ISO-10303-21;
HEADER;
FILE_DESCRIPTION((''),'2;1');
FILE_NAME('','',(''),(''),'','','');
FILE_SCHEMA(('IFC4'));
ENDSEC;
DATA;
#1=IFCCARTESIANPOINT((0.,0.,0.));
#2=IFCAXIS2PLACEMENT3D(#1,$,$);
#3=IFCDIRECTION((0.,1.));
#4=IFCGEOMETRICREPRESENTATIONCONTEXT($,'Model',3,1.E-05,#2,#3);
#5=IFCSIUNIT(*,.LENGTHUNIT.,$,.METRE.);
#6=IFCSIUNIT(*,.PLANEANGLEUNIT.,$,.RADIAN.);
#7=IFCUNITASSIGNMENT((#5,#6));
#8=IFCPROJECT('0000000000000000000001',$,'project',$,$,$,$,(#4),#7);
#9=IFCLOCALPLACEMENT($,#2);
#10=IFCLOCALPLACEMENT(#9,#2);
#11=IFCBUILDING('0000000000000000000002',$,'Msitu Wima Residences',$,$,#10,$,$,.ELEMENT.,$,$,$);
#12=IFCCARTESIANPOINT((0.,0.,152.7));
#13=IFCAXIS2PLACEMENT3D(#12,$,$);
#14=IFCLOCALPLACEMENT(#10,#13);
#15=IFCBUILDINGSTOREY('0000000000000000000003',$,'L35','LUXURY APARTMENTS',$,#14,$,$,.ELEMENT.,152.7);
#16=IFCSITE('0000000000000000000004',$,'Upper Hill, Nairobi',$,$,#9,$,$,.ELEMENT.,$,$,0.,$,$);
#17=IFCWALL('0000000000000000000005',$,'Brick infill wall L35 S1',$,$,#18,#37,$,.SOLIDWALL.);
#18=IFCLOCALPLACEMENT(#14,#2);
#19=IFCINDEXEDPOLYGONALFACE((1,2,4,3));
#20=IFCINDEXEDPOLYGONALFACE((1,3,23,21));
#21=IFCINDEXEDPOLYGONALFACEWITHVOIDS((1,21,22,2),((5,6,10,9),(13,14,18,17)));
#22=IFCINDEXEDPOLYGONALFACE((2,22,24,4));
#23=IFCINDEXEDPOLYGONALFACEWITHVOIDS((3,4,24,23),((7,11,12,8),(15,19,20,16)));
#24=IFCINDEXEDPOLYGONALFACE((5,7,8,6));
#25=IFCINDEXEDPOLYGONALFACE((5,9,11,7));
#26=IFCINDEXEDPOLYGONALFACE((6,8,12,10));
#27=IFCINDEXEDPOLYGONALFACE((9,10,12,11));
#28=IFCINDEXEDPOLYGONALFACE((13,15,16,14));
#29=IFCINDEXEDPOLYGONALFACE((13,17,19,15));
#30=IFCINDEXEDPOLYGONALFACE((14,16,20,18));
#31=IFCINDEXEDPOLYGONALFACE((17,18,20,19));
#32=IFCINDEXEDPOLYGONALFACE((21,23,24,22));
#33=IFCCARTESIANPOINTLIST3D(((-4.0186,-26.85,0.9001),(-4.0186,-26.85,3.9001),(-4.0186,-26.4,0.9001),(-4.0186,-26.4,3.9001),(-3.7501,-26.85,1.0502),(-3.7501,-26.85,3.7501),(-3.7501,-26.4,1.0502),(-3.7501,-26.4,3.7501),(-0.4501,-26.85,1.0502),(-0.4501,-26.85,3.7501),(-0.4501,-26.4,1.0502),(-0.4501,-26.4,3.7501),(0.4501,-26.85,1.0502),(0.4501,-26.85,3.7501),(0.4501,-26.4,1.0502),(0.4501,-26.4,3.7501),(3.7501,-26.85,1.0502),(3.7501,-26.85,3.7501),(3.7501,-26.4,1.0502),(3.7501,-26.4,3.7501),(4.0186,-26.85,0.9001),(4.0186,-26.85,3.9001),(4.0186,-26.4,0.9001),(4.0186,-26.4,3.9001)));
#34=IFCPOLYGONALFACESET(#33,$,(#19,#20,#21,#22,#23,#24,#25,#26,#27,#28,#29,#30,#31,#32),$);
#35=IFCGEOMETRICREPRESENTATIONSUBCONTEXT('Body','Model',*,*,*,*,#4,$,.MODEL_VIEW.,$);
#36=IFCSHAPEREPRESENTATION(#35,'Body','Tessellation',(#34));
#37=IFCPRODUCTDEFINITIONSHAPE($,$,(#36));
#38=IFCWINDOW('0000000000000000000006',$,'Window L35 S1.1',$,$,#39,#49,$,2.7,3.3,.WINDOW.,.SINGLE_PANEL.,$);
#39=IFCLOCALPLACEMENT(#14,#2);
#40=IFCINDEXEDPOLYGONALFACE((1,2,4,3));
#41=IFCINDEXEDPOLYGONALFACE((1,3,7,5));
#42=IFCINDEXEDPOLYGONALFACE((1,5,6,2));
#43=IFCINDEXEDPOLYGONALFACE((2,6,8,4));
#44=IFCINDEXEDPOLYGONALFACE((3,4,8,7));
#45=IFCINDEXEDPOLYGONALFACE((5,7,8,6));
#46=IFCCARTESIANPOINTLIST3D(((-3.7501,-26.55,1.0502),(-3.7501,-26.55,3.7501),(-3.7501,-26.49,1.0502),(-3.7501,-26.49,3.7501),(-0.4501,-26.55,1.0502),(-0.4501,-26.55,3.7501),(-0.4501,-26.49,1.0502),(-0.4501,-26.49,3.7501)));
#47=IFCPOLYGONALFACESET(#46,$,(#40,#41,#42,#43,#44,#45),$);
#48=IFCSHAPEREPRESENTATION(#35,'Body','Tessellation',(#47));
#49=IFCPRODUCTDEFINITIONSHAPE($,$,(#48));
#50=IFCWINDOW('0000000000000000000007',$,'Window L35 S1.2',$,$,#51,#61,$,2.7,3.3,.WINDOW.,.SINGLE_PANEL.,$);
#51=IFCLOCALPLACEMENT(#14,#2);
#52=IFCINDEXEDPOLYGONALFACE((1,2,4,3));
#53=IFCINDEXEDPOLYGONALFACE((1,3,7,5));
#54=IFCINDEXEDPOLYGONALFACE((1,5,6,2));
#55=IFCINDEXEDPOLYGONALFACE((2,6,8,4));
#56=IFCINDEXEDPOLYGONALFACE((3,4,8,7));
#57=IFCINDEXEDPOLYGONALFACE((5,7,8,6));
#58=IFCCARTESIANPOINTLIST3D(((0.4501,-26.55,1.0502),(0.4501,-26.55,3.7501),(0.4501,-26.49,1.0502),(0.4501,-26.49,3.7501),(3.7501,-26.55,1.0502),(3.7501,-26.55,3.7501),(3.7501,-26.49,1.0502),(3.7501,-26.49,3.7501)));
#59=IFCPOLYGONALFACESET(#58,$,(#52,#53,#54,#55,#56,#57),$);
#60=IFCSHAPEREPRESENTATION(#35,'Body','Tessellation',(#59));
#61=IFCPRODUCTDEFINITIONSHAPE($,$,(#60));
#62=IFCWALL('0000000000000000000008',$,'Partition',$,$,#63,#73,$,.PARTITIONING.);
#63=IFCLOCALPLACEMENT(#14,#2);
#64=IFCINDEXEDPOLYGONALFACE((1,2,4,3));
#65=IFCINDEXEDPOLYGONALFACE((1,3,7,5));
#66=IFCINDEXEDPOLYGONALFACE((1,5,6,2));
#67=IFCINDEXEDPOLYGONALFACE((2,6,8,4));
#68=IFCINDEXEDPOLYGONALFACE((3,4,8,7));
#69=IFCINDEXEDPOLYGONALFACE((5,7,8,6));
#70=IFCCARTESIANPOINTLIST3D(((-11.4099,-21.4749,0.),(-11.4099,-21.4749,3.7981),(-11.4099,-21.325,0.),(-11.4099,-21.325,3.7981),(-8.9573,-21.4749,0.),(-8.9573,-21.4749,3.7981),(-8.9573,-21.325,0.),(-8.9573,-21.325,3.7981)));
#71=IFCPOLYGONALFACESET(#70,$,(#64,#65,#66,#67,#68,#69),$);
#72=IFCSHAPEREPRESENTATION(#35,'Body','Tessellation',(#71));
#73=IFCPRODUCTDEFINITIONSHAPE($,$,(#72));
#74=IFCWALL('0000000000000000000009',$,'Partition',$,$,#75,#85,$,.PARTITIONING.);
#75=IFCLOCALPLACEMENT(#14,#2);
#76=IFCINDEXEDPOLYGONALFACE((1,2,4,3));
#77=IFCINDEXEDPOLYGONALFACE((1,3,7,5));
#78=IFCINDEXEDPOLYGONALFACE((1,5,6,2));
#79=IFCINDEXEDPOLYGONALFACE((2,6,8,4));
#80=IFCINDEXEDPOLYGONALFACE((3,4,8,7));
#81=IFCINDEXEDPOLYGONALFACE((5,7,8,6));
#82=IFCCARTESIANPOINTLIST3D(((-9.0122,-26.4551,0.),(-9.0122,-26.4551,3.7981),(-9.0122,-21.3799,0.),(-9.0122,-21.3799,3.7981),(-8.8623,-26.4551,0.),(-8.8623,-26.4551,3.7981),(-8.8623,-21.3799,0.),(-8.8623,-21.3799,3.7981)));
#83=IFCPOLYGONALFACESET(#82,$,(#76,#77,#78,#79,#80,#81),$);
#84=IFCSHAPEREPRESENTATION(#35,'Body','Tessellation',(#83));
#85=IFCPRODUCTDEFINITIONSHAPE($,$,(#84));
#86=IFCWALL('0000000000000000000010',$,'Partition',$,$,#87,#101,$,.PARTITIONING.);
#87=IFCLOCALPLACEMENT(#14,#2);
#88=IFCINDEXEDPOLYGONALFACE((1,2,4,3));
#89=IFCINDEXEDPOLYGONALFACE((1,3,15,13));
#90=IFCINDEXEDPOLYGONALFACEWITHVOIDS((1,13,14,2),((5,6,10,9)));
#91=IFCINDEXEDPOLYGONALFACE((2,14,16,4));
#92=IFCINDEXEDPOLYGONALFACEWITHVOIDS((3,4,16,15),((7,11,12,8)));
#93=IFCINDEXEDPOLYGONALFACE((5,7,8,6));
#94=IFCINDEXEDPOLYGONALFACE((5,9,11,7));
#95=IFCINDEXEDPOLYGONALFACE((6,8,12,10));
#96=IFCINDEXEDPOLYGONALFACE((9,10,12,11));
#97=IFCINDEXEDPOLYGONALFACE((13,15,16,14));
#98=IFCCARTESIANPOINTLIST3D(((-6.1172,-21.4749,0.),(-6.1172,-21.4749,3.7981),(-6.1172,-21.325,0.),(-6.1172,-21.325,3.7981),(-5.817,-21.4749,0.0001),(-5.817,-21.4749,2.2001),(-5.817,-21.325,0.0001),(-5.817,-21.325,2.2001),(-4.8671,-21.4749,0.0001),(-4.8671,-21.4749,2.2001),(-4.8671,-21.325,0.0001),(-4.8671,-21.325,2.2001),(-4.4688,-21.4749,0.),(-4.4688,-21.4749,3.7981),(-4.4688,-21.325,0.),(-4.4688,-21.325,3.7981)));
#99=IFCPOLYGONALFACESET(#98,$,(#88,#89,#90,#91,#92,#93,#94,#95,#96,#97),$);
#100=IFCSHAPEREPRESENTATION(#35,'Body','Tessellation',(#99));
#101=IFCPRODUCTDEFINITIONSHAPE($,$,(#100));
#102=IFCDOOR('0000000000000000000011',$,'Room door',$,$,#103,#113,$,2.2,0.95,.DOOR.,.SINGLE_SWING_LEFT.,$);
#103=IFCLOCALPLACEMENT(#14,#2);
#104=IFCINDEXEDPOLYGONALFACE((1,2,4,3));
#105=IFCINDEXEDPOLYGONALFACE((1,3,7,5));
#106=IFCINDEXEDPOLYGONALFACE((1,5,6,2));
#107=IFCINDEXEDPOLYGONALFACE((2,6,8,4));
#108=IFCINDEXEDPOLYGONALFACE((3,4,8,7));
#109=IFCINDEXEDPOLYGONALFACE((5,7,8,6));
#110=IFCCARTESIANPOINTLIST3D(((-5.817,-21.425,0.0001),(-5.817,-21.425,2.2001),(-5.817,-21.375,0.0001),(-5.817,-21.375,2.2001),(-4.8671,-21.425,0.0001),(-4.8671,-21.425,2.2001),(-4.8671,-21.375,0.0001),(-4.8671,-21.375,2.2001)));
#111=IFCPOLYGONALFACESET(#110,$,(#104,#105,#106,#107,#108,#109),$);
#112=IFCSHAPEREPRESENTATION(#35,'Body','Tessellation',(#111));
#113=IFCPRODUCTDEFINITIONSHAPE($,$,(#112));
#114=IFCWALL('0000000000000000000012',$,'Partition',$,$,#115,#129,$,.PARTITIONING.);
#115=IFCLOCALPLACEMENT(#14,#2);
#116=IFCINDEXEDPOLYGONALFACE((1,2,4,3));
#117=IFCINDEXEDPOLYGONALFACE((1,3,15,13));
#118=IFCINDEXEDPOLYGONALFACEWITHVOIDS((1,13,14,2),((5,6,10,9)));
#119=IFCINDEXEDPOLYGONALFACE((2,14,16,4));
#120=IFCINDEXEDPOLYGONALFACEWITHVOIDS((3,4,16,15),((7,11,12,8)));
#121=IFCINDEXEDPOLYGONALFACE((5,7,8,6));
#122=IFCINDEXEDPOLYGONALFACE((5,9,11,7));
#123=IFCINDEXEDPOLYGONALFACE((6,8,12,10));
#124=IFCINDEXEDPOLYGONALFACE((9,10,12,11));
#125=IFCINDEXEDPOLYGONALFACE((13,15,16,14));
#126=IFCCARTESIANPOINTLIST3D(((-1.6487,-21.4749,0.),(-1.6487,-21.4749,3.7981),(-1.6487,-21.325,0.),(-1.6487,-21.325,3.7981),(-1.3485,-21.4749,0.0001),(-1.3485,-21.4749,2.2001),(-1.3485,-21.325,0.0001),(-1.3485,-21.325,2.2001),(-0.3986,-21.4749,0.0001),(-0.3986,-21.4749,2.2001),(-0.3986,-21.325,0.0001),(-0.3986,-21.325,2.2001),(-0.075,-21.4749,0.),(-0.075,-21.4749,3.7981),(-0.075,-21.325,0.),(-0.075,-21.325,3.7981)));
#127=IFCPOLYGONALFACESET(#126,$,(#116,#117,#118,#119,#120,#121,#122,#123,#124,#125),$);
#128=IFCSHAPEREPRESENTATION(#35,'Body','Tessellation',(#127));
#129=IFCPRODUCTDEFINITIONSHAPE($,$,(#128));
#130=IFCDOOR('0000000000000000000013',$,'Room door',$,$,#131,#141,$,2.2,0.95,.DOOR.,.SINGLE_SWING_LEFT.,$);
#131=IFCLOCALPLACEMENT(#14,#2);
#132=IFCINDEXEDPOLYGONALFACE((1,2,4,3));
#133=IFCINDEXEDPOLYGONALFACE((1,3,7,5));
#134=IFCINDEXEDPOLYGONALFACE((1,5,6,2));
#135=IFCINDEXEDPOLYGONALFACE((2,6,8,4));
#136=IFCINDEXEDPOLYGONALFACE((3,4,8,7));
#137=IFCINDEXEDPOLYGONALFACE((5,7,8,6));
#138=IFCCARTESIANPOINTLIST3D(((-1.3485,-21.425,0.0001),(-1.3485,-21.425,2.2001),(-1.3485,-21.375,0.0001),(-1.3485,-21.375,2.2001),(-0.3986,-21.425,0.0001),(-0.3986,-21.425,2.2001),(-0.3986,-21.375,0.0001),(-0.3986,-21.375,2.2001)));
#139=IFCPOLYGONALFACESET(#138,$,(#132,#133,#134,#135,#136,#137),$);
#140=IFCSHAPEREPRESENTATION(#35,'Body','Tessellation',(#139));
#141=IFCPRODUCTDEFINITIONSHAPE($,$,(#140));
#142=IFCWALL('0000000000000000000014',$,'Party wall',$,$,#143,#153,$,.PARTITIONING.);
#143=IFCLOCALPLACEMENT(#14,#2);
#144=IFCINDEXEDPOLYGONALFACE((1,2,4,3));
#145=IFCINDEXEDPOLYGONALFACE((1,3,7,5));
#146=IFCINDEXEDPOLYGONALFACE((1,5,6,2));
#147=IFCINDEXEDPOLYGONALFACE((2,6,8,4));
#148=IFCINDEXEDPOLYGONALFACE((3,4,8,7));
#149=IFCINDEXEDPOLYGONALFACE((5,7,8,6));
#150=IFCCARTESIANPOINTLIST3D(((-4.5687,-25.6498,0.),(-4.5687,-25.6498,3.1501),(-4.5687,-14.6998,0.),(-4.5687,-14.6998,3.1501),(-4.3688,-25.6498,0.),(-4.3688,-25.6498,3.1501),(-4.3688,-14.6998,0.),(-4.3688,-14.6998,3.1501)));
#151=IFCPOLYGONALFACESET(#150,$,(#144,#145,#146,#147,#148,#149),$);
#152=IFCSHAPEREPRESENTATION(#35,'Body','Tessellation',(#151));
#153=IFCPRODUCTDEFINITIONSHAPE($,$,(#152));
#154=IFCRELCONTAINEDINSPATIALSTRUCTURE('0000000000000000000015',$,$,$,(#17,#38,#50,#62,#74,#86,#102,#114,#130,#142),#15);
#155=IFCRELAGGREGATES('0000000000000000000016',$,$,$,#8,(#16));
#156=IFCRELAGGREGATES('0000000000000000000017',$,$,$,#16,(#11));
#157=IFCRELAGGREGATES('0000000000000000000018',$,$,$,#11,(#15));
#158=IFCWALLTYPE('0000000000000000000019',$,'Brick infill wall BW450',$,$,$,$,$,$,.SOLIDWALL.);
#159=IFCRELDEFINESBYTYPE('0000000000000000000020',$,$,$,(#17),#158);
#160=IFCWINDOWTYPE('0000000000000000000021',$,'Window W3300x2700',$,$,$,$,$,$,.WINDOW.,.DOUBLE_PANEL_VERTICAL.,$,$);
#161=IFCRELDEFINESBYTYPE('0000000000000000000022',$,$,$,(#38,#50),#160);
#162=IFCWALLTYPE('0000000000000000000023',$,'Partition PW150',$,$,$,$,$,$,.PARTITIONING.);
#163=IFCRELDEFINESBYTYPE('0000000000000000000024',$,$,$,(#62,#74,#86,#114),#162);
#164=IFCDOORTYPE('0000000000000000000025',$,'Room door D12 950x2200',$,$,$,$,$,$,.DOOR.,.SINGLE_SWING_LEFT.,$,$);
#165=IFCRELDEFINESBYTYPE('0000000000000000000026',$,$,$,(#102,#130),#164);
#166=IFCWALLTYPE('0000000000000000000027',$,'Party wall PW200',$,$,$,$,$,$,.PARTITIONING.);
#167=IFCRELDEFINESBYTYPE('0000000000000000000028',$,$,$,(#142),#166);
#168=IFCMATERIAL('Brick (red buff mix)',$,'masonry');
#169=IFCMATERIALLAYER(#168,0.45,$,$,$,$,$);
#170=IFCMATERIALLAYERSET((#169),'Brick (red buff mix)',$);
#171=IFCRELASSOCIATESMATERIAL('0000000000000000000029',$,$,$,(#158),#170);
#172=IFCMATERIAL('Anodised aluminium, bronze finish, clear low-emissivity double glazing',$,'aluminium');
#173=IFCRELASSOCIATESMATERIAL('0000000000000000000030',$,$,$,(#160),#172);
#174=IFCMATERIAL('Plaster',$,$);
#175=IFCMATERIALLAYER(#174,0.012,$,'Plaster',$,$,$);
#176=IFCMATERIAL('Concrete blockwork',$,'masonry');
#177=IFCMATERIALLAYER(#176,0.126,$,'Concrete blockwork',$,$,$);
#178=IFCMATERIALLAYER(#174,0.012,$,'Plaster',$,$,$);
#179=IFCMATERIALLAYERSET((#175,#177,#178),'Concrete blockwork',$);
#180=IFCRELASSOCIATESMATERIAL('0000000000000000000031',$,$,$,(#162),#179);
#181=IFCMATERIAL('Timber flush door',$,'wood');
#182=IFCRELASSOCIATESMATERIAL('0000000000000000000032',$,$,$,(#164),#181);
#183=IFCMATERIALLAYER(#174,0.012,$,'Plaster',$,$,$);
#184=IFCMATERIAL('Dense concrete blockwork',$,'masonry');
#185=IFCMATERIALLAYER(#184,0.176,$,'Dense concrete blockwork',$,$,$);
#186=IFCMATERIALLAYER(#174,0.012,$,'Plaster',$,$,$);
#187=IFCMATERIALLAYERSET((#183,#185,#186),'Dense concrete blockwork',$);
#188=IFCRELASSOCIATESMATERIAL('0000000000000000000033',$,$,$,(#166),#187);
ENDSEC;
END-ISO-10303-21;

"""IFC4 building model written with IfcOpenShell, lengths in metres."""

from ifc_helpers import new_model, si_unit, direction, frame, frame_2d, origin, place, context, subcontext, project, spatial, rectangle, extrude, material, layer, layer_set, type_object, element, fill, save


model = new_model("IFC4")

# Units and contexts
model_context = context("Model", 3, precision=1e-05, world=origin(), true_north=direction((0.0, 1.0)))
body_context = subcontext(model_context, "Body", "Model", "MODEL_VIEW")
ifc_project = project(units=[si_unit("LENGTHUNIT", "METRE"), si_unit("PLANEANGLEUNIT", "RADIAN")], contexts=[model_context])

# Site, building, storey
site_placement = place(None, origin())
site = spatial("IfcSite", under=ifc_project, at=site_placement, Name="Upper Hill, Nairobi", CompositionType="ELEMENT", RefElevation=0.0)
building_placement = place(site_placement, origin())
building = spatial("IfcBuilding", under=site, at=building_placement, Name="Msitu Wima Residences", CompositionType="ELEMENT")
storey_placement = place(building_placement, frame((0.0, 0.0, 152.7)))
storey = spatial("IfcBuildingStorey", under=building, at=storey_placement, Name="L35", Description="LUXURY APARTMENTS", CompositionType="ELEMENT", Elevation=152.7)

# Shared definitions
ifc_material_1 = material(Name="Brick (red buff mix)", Category="masonry")
ifc_layer_1 = layer(ifc_material_1, 0.45)
ifc_layer_set_1 = layer_set([ifc_layer_1], Name="Brick (red buff mix)")
wall_type_1 = type_object("IfcWallType", Name="Brick infill wall BW450", PredefinedType="SOLIDWALL", material=ifc_layer_set_1)
ifc_material_2 = material(Name="Anodised aluminium, bronze finish, clear low-emissivity double glazing", Category="aluminium")
window_type = type_object("IfcWindowType", Name="Window W3300x2700", PartitioningType="DOUBLE_PANEL_VERTICAL", PredefinedType="WINDOW", material=ifc_material_2)

# Wall, openings, windows
wall_1_placement = place(storey_placement, frame((-4.0186, -26.625, 0.9001), z_axis=(0.0, 0.0, 1.0), x_axis=(1.0, 0.0, 0.0)))
wall_1 = element("IfcWall", 1, at=wall_1_placement, inside=storey, type_object=wall_type_1, Name="Brick infill wall L35 S1", PredefinedType="SOLIDWALL", context=body_context, shape_type="SweptSolid", body=[
    extrude(rectangle(XDim=8.0371, YDim=0.45, at=frame_2d((4.0186, 0.0))), origin(), (0.0, 0.0, 1.0), 3.0),
])
opening_1_placement = place(wall_1_placement, frame((0.2686, 0.0, 0.1499)))
opening_1 = element("IfcOpeningElement", 2, at=opening_1_placement, cuts=wall_1, PredefinedType="OPENING", context=body_context, shape_type="SweptSolid", body=[
    extrude(rectangle(XDim=3.3, YDim=2.7, at=frame_2d((1.6499, 1.3501))), frame((0.0, 0.2349, 0.0), z_axis=(0.0, -1.0, 0.0), x_axis=(1.0, 0.0, 0.0)), (0.0, 0.0, 1.0), 0.47),
])
opening_2_placement = place(wall_1_placement, frame((4.4688, 0.0, 0.1499)))
opening_2 = element("IfcOpeningElement", 3, at=opening_2_placement, cuts=wall_1, PredefinedType="OPENING", context=body_context, shape_type="SweptSolid", body=[
    extrude(rectangle(XDim=3.3, YDim=2.7, at=frame_2d((1.6499, 1.3501))), frame((0.0, 0.2349, 0.0), z_axis=(0.0, -1.0, 0.0), x_axis=(1.0, 0.0, 0.0)), (0.0, 0.0, 1.0), 0.47),
])
window_1_placement = place(opening_1_placement, origin())
window_1 = element("IfcWindow", 4, at=window_1_placement, inside=storey, type_object=window_type, Name="Window L35 S1.1", OverallHeight=2.7, OverallWidth=3.3, PartitioningType="SINGLE_PANEL", PredefinedType="WINDOW", context=body_context, shape_type="SweptSolid", body=[
    extrude(rectangle(XDim=3.3, YDim=2.7, at=frame_2d((1.6499, 1.3501))), frame((0.0, 0.135, 0.0), z_axis=(0.0, -1.0, 0.0), x_axis=(1.0, 0.0, 0.0)), (0.0, 0.0, 1.0), 0.0601),
])
fill(opening_1, window_1)
window_2_placement = place(opening_2_placement, origin())
window_2 = element("IfcWindow", 5, at=window_2_placement, inside=storey, type_object=window_type, Name="Window L35 S1.2", OverallHeight=2.7, OverallWidth=3.3, PartitioningType="SINGLE_PANEL", PredefinedType="WINDOW", context=body_context, shape_type="SweptSolid", body=[
    extrude(rectangle(XDim=3.3, YDim=2.7, at=frame_2d((1.6499, 1.3501))), frame((0.0, 0.135, 0.0), z_axis=(0.0, -1.0, 0.0), x_axis=(1.0, 0.0, 0.0)), (0.0, 0.0, 1.0), 0.0601),
])
fill(opening_2, window_2)

# Walls
ifc_material_3 = material(Name="Plaster")
ifc_layer_2 = layer(ifc_material_3, 0.012, Name="Plaster")
ifc_material_4 = material(Name="Concrete blockwork", Category="masonry")
ifc_layer_3 = layer(ifc_material_4, 0.126, Name="Concrete blockwork")
ifc_layer_4 = layer(ifc_material_3, 0.012, Name="Plaster")
ifc_layer_set_2 = layer_set([ifc_layer_2, ifc_layer_3, ifc_layer_4], Name="Concrete blockwork")
wall_type_2 = type_object("IfcWallType", Name="Partition PW150", PredefinedType="PARTITIONING", material=ifc_layer_set_2)
wall_2_placement = place(storey_placement, frame((-11.4099, -21.3999, 0.0), z_axis=(0.0, 0.0, 1.0), x_axis=(1.0, 0.0, 0.0)))
element("IfcWall", 6, at=wall_2_placement, inside=storey, type_object=wall_type_2, Name="Partition", PredefinedType="PARTITIONING", context=body_context, shape_type="SweptSolid", body=[
    extrude(rectangle(XDim=2.4526, YDim=0.1499, at=frame_2d((1.2263, 0.0))), origin(), (0.0, 0.0, 1.0), 3.7981),
])
wall_3_placement = place(storey_placement, frame((-8.9373, -26.4551, 0.0), z_axis=(0.0, 0.0, 1.0), x_axis=(0.0, 1.0, 0.0)))
element("IfcWall", 7, at=wall_3_placement, inside=storey, type_object=wall_type_2, Name="Partition", PredefinedType="PARTITIONING", context=body_context, shape_type="SweptSolid", body=[
    extrude(rectangle(XDim=5.0752, YDim=0.1499, at=frame_2d((2.5376, 0.0))), origin(), (0.0, 0.0, 1.0), 3.7981),
])

# Walls, openings, doors
wall_4_placement = place(storey_placement, frame((-6.1172, -21.3999, 0.0), z_axis=(0.0, 0.0, 1.0), x_axis=(1.0, 0.0, 0.0)))
wall_4 = element("IfcWall", 8, at=wall_4_placement, inside=storey, type_object=wall_type_2, Name="Partition", PredefinedType="PARTITIONING", context=body_context, shape_type="SweptSolid", body=[
    extrude(rectangle(XDim=1.6484, YDim=0.1499, at=frame_2d((0.8242, 0.0))), origin(), (0.0, 0.0, 1.0), 3.7981),
])
opening_3_placement = place(wall_4_placement, frame((0.3, 0.0, 0.0)))
opening_3 = element("IfcOpeningElement", 9, at=opening_3_placement, cuts=wall_4, PredefinedType="OPENING", context=body_context, shape_type="SweptSolid", body=[
    extrude(rectangle(XDim=0.95, YDim=2.2, at=frame_2d((0.4751, 1.1001))), frame((0.0, 0.085, 0.0), z_axis=(0.0, -1.0, 0.0), x_axis=(1.0, 0.0, 0.0)), (0.0, 0.0, 1.0), 0.1699),
])
ifc_material_5 = material(Name="Timber flush door", Category="wood")
door_type_1 = type_object("IfcDoorType", Name="Room door D12 950x2200", OperationType="SINGLE_SWING_LEFT", PredefinedType="DOOR", material=ifc_material_5)
door_1_placement = place(opening_3_placement, origin())
door_1 = element("IfcDoor", 10, at=door_1_placement, inside=storey, type_object=door_type_1, Name="Room door", OperationType="SINGLE_SWING_LEFT", OverallHeight=2.2, OverallWidth=0.95, PredefinedType="DOOR", context=body_context, shape_type="SweptSolid", body=[
    extrude(rectangle(XDim=0.95, YDim=2.2, at=frame_2d((0.4751, 1.1001))), frame((0.0, 0.0249, 0.0), z_axis=(0.0, -1.0, 0.0), x_axis=(1.0, 0.0, 0.0)), (0.0, 0.0, 1.0), 0.05),
])
fill(opening_3, door_1)
wall_5_placement = place(storey_placement, frame((-1.6487, -21.3999, 0.0), z_axis=(0.0, 0.0, 1.0), x_axis=(1.0, 0.0, 0.0)))
wall_5 = element("IfcWall", 11, at=wall_5_placement, inside=storey, type_object=wall_type_2, Name="Partition", PredefinedType="PARTITIONING", context=body_context, shape_type="SweptSolid", body=[
    extrude(rectangle(XDim=1.5737, YDim=0.1499, at=frame_2d((0.7869, 0.0))), origin(), (0.0, 0.0, 1.0), 3.7981),
])
opening_4_placement = place(wall_5_placement, frame((0.3, 0.0, 0.0)))
opening_4 = element("IfcOpeningElement", 12, at=opening_4_placement, cuts=wall_5, PredefinedType="OPENING", context=body_context, shape_type="SweptSolid", body=[
    extrude(rectangle(XDim=0.95, YDim=2.2, at=frame_2d((0.4751, 1.1001))), frame((0.0, 0.085, 0.0), z_axis=(0.0, -1.0, 0.0), x_axis=(1.0, 0.0, 0.0)), (0.0, 0.0, 1.0), 0.1699),
])
door_2_placement = place(opening_4_placement, origin())
door_2 = element("IfcDoor", 13, at=door_2_placement, inside=storey, type_object=door_type_1, Name="Room door", OperationType="SINGLE_SWING_LEFT", OverallHeight=2.2, OverallWidth=0.95, PredefinedType="DOOR", context=body_context, shape_type="SweptSolid", body=[
    extrude(rectangle(XDim=0.95, YDim=2.2, at=frame_2d((0.4751, 1.1001))), frame((0.0, 0.0249, 0.0), z_axis=(0.0, -1.0, 0.0), x_axis=(1.0, 0.0, 0.0)), (0.0, 0.0, 1.0), 0.05),
])
fill(opening_4, door_2)

# Wall
ifc_layer_5 = layer(ifc_material_3, 0.012, Name="Plaster")
ifc_material_6 = material(Name="Dense concrete blockwork", Category="masonry")
ifc_layer_6 = layer(ifc_material_6, 0.176, Name="Dense concrete blockwork")
ifc_layer_7 = layer(ifc_material_3, 0.012, Name="Plaster")
ifc_layer_set_3 = layer_set([ifc_layer_5, ifc_layer_6, ifc_layer_7], Name="Dense concrete blockwork")
wall_type_3 = type_object("IfcWallType", Name="Party wall PW200", PredefinedType="PARTITIONING", material=ifc_layer_set_3)
wall_6_placement = place(storey_placement, frame((-4.4688, -25.6499, 0.0), z_axis=(0.0, 0.0, 1.0), x_axis=(0.0, 1.0, 0.0)))
element("IfcWall", 14, at=wall_6_placement, inside=storey, type_object=wall_type_3, Name="Party wall", PredefinedType="PARTITIONING", context=body_context, shape_type="SweptSolid", body=[
    extrude(rectangle(XDim=10.95, YDim=0.2, at=frame_2d((5.4751, 0.0))), origin(), (0.0, 0.0, 1.0), 3.1501),
])

save(model, "model.ifc")
